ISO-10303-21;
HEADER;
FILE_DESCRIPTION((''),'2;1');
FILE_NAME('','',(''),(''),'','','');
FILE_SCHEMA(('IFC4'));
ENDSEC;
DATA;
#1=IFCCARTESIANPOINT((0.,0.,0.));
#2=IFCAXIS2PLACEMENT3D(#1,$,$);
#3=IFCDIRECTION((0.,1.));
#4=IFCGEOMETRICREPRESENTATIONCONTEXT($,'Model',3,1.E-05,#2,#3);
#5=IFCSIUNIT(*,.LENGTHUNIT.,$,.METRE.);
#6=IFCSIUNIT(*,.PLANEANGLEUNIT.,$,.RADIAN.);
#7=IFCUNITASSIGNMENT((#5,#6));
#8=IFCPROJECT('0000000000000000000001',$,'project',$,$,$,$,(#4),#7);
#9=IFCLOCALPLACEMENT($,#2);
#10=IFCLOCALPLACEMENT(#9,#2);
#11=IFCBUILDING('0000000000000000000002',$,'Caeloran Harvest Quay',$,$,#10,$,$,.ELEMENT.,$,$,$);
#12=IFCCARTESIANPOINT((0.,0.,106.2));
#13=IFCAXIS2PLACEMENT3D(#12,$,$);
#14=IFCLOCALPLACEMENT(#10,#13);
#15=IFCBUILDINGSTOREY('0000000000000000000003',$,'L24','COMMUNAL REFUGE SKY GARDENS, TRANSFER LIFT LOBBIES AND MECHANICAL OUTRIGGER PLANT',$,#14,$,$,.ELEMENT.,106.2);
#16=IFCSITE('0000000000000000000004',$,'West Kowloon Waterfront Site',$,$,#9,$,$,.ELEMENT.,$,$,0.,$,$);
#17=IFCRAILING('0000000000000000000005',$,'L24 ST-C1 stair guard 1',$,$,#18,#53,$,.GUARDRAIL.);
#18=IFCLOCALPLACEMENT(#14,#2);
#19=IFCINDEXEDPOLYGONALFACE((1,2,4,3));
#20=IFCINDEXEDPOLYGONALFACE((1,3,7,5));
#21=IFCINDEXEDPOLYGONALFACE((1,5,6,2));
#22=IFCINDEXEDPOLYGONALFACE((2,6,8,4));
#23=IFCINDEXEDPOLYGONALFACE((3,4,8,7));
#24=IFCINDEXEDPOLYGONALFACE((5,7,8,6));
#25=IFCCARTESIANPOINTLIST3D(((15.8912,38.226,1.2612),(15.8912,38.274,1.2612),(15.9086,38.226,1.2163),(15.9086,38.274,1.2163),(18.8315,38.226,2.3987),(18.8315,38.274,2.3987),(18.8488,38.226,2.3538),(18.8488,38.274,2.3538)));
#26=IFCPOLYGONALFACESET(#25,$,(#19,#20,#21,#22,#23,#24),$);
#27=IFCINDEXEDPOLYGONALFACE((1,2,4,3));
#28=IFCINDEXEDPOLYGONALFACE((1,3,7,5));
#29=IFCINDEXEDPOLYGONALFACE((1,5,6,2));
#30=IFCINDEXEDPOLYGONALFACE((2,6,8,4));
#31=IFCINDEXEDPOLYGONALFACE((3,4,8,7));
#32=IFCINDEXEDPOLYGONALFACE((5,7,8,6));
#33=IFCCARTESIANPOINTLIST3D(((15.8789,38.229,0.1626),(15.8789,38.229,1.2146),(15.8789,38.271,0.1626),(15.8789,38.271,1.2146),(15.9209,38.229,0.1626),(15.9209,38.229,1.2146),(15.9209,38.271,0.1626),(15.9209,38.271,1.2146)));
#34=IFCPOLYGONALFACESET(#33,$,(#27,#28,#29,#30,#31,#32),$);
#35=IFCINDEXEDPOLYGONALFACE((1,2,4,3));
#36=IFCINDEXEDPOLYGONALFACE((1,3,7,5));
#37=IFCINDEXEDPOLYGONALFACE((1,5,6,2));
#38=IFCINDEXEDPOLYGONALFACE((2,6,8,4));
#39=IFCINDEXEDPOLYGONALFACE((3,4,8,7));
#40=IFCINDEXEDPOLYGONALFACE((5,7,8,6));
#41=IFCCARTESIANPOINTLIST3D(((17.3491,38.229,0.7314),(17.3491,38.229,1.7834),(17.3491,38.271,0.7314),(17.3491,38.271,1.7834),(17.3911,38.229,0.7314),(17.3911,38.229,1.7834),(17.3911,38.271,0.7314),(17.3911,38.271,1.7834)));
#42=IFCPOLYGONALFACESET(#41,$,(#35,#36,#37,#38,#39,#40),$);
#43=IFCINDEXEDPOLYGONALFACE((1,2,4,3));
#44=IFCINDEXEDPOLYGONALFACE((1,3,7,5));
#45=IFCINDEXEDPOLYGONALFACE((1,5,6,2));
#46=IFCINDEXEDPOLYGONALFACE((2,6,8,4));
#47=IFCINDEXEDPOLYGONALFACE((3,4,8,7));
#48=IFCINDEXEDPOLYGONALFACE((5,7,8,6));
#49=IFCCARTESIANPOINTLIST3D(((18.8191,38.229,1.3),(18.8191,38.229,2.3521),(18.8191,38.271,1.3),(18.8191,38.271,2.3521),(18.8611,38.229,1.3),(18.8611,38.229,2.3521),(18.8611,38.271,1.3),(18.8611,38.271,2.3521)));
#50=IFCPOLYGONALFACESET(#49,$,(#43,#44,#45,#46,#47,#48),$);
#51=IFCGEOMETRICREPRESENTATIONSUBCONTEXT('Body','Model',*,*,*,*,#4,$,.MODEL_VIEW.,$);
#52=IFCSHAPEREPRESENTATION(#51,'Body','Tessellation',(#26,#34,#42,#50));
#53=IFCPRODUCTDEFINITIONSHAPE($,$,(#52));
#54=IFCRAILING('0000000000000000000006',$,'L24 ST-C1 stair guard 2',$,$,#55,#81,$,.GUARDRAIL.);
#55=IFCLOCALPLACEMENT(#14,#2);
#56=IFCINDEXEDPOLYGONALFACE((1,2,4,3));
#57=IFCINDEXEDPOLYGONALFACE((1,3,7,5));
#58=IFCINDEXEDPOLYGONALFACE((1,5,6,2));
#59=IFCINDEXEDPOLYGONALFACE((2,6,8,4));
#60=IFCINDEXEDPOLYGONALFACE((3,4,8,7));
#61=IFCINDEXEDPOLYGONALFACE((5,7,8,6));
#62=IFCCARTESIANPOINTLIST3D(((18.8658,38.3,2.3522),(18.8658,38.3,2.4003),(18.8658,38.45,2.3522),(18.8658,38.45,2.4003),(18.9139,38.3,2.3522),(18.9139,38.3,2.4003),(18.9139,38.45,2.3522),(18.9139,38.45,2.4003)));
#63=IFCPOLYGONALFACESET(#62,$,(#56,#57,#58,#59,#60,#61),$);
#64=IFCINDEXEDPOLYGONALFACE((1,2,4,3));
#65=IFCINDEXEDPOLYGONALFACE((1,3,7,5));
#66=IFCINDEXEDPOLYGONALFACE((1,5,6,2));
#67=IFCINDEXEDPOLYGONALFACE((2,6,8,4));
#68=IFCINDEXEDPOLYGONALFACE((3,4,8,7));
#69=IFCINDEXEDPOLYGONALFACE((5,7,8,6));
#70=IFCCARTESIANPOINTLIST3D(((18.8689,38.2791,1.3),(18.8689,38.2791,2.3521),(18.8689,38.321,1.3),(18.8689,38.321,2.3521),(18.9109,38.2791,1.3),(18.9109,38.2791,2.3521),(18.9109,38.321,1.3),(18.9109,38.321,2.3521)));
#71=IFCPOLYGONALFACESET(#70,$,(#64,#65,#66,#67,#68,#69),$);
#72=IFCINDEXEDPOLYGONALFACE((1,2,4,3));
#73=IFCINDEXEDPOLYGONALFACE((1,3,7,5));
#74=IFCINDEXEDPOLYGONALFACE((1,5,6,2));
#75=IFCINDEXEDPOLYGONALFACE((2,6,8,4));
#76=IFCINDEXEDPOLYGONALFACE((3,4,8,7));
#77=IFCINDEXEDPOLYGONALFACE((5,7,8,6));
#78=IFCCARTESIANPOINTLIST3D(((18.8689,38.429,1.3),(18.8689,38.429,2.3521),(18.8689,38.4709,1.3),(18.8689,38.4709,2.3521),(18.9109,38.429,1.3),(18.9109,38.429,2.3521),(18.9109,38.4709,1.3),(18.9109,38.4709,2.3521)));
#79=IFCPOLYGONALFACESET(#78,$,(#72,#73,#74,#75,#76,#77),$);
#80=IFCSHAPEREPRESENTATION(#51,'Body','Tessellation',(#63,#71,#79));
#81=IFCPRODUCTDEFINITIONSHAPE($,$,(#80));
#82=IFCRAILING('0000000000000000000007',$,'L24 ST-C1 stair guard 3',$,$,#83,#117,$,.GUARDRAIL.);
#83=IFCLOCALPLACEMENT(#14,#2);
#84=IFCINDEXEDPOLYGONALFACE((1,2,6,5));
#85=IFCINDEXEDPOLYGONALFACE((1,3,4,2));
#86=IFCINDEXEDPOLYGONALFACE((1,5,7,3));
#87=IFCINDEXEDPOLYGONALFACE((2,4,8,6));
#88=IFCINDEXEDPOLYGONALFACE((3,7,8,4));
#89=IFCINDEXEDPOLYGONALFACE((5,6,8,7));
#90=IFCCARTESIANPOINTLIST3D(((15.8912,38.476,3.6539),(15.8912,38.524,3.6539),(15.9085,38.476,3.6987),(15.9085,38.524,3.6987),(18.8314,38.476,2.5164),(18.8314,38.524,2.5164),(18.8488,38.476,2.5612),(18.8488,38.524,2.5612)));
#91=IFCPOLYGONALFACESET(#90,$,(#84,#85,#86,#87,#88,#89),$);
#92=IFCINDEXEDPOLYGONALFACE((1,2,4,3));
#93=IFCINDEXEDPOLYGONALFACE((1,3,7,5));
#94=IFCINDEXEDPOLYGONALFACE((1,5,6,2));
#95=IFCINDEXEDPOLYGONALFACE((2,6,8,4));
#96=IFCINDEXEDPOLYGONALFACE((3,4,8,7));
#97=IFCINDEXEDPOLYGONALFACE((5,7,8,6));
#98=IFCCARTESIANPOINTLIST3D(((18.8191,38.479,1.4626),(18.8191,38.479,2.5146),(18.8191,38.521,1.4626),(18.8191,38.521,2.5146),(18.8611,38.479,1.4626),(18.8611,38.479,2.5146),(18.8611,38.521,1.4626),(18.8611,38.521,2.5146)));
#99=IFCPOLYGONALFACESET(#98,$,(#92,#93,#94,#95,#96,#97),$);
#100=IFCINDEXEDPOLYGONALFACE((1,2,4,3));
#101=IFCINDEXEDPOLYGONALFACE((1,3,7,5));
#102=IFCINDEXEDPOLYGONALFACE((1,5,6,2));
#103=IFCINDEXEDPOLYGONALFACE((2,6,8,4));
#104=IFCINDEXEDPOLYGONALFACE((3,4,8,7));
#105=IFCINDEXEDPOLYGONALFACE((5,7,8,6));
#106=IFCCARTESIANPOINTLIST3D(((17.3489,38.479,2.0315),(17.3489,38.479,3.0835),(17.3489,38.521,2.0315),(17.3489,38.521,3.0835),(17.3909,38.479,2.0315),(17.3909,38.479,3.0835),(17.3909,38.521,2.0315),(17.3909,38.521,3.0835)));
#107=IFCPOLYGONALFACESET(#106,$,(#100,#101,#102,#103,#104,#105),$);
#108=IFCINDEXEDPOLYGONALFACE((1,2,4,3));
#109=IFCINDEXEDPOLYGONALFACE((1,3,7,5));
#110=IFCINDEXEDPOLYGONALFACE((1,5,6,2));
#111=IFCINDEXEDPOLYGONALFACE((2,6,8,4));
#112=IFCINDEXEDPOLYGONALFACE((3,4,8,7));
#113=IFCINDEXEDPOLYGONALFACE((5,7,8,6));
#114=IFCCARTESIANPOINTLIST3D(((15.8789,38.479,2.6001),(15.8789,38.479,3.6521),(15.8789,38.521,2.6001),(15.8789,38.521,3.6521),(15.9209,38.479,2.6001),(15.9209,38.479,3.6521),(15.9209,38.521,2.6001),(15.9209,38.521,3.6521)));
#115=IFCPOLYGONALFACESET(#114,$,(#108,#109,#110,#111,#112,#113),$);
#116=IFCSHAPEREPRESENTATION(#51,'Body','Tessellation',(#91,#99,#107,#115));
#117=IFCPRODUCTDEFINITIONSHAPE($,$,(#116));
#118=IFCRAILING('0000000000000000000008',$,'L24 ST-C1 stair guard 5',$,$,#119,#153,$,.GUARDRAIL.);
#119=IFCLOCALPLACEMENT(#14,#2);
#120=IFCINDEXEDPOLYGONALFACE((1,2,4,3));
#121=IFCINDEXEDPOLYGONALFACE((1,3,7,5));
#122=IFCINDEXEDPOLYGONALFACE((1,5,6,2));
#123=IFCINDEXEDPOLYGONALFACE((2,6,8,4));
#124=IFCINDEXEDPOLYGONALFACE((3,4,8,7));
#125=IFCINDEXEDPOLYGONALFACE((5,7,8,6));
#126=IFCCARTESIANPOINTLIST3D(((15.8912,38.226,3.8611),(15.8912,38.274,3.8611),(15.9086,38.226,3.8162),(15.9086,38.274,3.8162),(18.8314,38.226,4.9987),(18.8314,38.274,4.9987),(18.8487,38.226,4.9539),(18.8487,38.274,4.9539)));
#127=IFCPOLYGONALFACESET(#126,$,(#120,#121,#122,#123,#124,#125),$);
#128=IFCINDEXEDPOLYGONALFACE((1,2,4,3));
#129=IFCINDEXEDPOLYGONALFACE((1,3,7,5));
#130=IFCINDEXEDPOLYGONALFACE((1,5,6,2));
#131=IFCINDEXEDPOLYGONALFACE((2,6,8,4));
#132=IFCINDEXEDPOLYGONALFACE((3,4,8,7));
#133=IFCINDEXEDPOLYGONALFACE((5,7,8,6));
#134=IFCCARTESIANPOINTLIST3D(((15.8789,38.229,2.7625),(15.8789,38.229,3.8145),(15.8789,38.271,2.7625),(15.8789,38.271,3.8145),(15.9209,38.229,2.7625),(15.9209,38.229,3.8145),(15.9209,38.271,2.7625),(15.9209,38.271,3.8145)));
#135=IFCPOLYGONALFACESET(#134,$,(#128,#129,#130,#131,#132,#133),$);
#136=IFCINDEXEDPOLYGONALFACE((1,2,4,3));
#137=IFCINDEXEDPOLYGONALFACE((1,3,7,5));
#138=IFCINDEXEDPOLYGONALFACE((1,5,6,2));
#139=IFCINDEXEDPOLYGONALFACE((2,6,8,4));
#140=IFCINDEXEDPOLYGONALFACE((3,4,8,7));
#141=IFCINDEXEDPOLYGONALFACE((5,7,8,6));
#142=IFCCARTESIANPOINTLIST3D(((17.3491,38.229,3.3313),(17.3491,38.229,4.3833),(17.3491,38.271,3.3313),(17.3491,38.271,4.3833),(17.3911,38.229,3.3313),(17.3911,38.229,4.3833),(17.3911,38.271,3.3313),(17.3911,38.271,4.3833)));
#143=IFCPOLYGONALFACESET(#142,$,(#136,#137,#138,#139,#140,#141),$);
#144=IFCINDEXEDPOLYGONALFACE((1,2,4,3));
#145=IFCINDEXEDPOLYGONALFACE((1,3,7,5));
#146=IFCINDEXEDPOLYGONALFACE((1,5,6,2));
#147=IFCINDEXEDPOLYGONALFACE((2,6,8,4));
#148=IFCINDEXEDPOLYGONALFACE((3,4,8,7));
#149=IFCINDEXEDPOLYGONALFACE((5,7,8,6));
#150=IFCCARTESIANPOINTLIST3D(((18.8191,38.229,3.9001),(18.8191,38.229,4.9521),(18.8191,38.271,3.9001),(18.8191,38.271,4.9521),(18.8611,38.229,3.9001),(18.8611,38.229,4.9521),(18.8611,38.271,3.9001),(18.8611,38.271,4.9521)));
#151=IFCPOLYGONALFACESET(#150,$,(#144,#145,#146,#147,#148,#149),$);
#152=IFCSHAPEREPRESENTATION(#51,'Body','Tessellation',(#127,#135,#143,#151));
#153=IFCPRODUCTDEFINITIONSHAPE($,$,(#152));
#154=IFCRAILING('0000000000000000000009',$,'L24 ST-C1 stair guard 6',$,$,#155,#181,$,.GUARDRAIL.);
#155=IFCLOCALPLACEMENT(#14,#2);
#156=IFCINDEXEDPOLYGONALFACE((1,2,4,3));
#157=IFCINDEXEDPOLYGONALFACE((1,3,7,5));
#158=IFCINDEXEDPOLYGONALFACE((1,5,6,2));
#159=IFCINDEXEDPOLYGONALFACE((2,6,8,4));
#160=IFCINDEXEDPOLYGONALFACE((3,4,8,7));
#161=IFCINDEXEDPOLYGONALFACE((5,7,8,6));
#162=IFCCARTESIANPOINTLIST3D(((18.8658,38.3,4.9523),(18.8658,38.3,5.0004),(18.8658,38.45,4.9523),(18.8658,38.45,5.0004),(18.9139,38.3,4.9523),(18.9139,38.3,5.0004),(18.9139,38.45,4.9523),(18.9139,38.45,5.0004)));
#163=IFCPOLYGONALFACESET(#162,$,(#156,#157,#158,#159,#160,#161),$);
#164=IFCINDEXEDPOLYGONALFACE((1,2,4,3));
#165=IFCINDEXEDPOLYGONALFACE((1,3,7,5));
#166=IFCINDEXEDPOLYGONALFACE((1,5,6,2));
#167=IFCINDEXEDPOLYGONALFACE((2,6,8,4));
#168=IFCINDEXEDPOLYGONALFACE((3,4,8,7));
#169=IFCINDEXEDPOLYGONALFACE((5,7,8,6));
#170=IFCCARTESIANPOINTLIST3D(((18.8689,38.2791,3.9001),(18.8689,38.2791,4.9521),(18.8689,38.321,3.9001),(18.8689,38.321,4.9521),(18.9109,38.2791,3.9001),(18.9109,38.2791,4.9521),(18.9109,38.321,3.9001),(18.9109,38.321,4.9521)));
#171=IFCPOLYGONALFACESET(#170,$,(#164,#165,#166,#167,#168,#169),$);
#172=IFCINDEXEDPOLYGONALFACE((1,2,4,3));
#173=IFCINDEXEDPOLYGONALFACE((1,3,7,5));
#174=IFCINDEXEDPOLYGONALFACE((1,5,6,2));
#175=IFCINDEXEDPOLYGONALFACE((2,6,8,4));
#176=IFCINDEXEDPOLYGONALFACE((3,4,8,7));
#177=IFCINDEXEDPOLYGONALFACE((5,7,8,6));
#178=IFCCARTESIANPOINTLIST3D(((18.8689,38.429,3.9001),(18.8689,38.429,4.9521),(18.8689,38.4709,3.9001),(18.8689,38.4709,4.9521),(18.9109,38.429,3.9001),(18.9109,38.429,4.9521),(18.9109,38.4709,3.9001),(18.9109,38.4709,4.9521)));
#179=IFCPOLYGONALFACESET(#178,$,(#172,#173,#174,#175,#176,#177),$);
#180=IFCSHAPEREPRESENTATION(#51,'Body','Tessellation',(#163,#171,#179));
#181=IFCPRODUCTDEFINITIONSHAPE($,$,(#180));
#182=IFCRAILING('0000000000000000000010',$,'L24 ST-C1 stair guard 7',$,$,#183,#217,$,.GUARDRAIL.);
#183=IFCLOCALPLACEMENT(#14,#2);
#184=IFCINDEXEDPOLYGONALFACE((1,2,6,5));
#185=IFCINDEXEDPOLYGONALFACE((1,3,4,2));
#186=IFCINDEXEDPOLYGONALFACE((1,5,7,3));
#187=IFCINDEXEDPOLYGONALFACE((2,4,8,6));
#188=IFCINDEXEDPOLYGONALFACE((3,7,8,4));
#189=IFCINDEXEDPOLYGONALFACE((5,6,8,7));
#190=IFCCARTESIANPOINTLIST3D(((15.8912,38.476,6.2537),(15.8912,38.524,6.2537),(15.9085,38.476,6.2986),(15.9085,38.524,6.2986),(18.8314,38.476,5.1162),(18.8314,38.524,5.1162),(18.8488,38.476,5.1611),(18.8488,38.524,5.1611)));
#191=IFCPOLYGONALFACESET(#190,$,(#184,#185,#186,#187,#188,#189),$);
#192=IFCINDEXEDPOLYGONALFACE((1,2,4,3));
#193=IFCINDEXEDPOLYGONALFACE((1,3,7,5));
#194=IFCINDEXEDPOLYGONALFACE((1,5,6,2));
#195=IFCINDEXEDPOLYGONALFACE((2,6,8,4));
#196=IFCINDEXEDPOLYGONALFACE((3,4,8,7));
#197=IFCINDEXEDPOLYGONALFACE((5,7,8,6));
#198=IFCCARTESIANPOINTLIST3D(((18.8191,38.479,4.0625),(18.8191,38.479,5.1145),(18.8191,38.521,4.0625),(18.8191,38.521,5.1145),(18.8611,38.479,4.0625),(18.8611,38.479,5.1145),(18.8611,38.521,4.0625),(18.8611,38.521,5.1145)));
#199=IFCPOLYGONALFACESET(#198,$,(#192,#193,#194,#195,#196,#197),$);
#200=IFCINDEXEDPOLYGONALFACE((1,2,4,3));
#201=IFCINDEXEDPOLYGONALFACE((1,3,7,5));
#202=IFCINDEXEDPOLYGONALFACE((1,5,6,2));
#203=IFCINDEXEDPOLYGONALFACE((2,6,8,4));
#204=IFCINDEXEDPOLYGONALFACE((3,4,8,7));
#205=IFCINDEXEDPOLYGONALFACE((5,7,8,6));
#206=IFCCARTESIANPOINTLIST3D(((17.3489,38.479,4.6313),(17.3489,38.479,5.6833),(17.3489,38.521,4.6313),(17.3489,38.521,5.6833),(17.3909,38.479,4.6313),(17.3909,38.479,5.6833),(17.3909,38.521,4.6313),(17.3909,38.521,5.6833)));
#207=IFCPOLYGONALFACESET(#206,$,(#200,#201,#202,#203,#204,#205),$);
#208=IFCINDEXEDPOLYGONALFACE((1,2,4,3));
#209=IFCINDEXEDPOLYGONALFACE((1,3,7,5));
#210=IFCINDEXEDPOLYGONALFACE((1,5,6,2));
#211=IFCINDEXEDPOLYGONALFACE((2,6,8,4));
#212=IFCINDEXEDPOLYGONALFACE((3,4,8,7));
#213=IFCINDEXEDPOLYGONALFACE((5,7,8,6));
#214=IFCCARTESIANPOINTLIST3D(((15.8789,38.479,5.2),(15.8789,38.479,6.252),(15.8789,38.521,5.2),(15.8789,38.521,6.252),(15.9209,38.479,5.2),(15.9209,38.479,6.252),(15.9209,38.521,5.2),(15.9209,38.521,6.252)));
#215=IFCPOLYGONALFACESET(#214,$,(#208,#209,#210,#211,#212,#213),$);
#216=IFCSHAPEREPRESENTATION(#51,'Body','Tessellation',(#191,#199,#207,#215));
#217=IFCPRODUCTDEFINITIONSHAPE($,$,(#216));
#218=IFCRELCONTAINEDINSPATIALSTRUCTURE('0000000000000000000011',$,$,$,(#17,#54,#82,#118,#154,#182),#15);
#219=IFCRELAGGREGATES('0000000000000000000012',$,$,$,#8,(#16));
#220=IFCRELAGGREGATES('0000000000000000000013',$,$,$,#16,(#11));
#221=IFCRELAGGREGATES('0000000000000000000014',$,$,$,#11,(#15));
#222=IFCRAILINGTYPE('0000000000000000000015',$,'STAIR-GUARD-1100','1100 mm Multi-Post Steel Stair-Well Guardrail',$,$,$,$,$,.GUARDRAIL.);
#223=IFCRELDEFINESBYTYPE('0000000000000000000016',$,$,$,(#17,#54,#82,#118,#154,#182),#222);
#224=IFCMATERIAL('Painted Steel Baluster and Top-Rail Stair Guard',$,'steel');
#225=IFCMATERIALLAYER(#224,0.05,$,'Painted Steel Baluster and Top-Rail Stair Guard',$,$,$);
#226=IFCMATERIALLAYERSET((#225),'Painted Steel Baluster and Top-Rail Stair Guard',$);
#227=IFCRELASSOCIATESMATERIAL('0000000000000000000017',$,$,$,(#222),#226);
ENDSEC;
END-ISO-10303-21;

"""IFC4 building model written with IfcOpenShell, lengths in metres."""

from ifc_helpers import new_model, si_unit, direction, frame, origin, origin_2d, place, context, subcontext, project, spatial, rectangle, extrude, material, layer, layer_set, type_object, element, save


model = new_model("IFC4")

# Units and contexts
model_context = context("Model", 3, precision=1e-05, world=origin(), true_north=direction((0.0, 1.0)))
body_context = subcontext(model_context, "Body", "Model", "MODEL_VIEW")
ifc_project = project(units=[si_unit("LENGTHUNIT", "METRE"), si_unit("PLANEANGLEUNIT", "RADIAN")], contexts=[model_context])

# Site, building, storey
site_placement = place(None, origin())
site = spatial("IfcSite", under=ifc_project, at=site_placement, Name="West Kowloon Waterfront Site", CompositionType="ELEMENT", RefElevation=0.0)
building_placement = place(site_placement, origin())
building = spatial("IfcBuilding", under=site, at=building_placement, Name="Caeloran Harvest Quay", CompositionType="ELEMENT")
storey_placement = place(building_placement, frame((0.0, 0.0, 106.2)))
storey = spatial("IfcBuildingStorey", under=building, at=storey_placement, Name="L24", Description="COMMUNAL REFUGE SKY GARDENS, TRANSFER LIFT LOBBIES AND MECHANICAL OUTRIGGER PLANT", CompositionType="ELEMENT", Elevation=106.2)

# Railings
ifc_material_1 = material(Name="Painted Steel Baluster and Top-Rail Stair Guard", Category="steel")
ifc_layer_1 = layer(ifc_material_1, 0.05, Name="Painted Steel Baluster and Top-Rail Stair Guard")
ifc_layer_set_1 = layer_set([ifc_layer_1], Name="Painted Steel Baluster and Top-Rail Stair Guard")
railing_type_1 = type_object("IfcRailingType", Name="STAIR-GUARD-1100", Description="1100 mm Multi-Post Steel Stair-Well Guardrail", PredefinedType="GUARDRAIL", material=ifc_layer_set_1)
railing_1_placement = place(storey_placement, frame((15.8999, 38.25, 0.1626)))
element("IfcRailing", 1, at=railing_1_placement, inside=storey, type_object=railing_type_1, Name="L24 ST-C1 stair guard 1", PredefinedType="GUARDRAIL", context=body_context, shape_type="SweptSolid", body=[
    extrude(rectangle(XDim=0.0481, YDim=0.0481, at=origin_2d()), frame((0.0, 0.0, 1.0762), z_axis=(0.932641, 0.0, 0.360805), x_axis=(0.0, 1.0, 0.0)), (0.0, 0.0, 1.0), 3.1526),
    extrude(rectangle(XDim=0.042, YDim=0.042, at=origin_2d()), origin(), (0.0, 0.0, 1.0), 1.052),
    extrude(rectangle(XDim=0.042, YDim=0.042, at=origin_2d()), frame((1.4702, 0.0, 0.5688)), (0.0, 0.0, 1.0), 1.052),
    extrude(rectangle(XDim=0.042, YDim=0.042, at=origin_2d()), frame((2.9402, 0.0, 1.1375)), (0.0, 0.0, 1.0), 1.052),
])
railing_2_placement = place(storey_placement, frame((18.8899, 38.3, 1.3)))
element("IfcRailing", 2, at=railing_2_placement, inside=storey, type_object=railing_type_1, Name="L24 ST-C1 stair guard 2", PredefinedType="GUARDRAIL", context=body_context, shape_type="SweptSolid", body=[
    extrude(rectangle(XDim=0.0481, YDim=0.0481, at=origin_2d()), frame((0.0, 0.0, 1.0762), z_axis=(0.0, 1.0, 0.0), x_axis=(-1.0, 0.0, 0.0)), (0.0, 0.0, 1.0), 0.1499),
    extrude(rectangle(XDim=0.042, YDim=0.042, at=origin_2d()), origin(), (0.0, 0.0, 1.0), 1.052),
    extrude(rectangle(XDim=0.042, YDim=0.042, at=origin_2d()), frame((0.0, 0.1499, 0.0)), (0.0, 0.0, 1.0), 1.052),
])
railing_3_placement = place(storey_placement, frame((18.8401, 38.5, 1.4626)))
element("IfcRailing", 3, at=railing_3_placement, inside=storey, type_object=railing_type_1, Name="L24 ST-C1 stair guard 3", PredefinedType="GUARDRAIL", context=body_context, shape_type="SweptSolid", body=[
    extrude(rectangle(XDim=0.0481, YDim=0.0481, at=origin_2d()), frame((0.0, 0.0, 1.0762), z_axis=(-0.932641, 0.0, 0.360805), x_axis=(0.0, -1.0, 0.0)), (0.0, 0.0, 1.0), 3.1526),
    extrude(rectangle(XDim=0.042, YDim=0.042, at=origin_2d()), origin(), (0.0, 0.0, 1.0), 1.052),
    extrude(rectangle(XDim=0.042, YDim=0.042, at=origin_2d()), frame((-1.4702, 0.0, 0.5688)), (0.0, 0.0, 1.0), 1.052),
    extrude(rectangle(XDim=0.042, YDim=0.042, at=origin_2d()), frame((-2.9402, 0.0, 1.1375)), (0.0, 0.0, 1.0), 1.052),
])
railing_4_placement = place(storey_placement, frame((15.8999, 38.25, 2.7625)))
element("IfcRailing", 4, at=railing_4_placement, inside=storey, type_object=railing_type_1, Name="L24 ST-C1 stair guard 5", PredefinedType="GUARDRAIL", context=body_context, shape_type="SweptSolid", body=[
    extrude(rectangle(XDim=0.0481, YDim=0.0481, at=origin_2d()), frame((0.0, 0.0, 1.0762), z_axis=(0.932615, 0.0, 0.360872), x_axis=(0.0, 1.0, 0.0)), (0.0, 0.0, 1.0), 3.1526),
    extrude(rectangle(XDim=0.042, YDim=0.042, at=origin_2d()), origin(), (0.0, 0.0, 1.0), 1.052),
    extrude(rectangle(XDim=0.042, YDim=0.042, at=origin_2d()), frame((1.4702, 0.0, 0.5688)), (0.0, 0.0, 1.0), 1.052),
    extrude(rectangle(XDim=0.042, YDim=0.042, at=origin_2d()), frame((2.9402, 0.0, 1.1377)), (0.0, 0.0, 1.0), 1.052),
])
railing_5_placement = place(storey_placement, frame((18.8899, 38.3, 3.9001)))
element("IfcRailing", 5, at=railing_5_placement, inside=storey, type_object=railing_type_1, Name="L24 ST-C1 stair guard 6", PredefinedType="GUARDRAIL", context=body_context, shape_type="SweptSolid", body=[
    extrude(rectangle(XDim=0.0481, YDim=0.0481, at=origin_2d()), frame((0.0, 0.0, 1.0762), z_axis=(0.0, 1.0, 0.0), x_axis=(-1.0, 0.0, 0.0)), (0.0, 0.0, 1.0), 0.1499),
    extrude(rectangle(XDim=0.042, YDim=0.042, at=origin_2d()), origin(), (0.0, 0.0, 1.0), 1.052),
    extrude(rectangle(XDim=0.042, YDim=0.042, at=origin_2d()), frame((0.0, 0.1499, 0.0)), (0.0, 0.0, 1.0), 1.052),
])
railing_6_placement = place(storey_placement, frame((18.8401, 38.5, 4.0625)))
element("IfcRailing", 6, at=railing_6_placement, inside=storey, type_object=railing_type_1, Name="L24 ST-C1 stair guard 7", PredefinedType="GUARDRAIL", context=body_context, shape_type="SweptSolid", body=[
    extrude(rectangle(XDim=0.0481, YDim=0.0481, at=origin_2d()), frame((0.0, 0.0, 1.0762), z_axis=(-0.932641, 0.0, 0.360805), x_axis=(0.0, -1.0, 0.0)), (0.0, 0.0, 1.0), 3.1526),
    extrude(rectangle(XDim=0.042, YDim=0.042, at=origin_2d()), origin(), (0.0, 0.0, 1.0), 1.052),
    extrude(rectangle(XDim=0.042, YDim=0.042, at=origin_2d()), frame((-1.4702, 0.0, 0.5688)), (0.0, 0.0, 1.0), 1.052),
    extrude(rectangle(XDim=0.042, YDim=0.042, at=origin_2d()), frame((-2.9402, 0.0, 1.1375)), (0.0, 0.0, 1.0), 1.052),
])

save(model, "model.ifc")
